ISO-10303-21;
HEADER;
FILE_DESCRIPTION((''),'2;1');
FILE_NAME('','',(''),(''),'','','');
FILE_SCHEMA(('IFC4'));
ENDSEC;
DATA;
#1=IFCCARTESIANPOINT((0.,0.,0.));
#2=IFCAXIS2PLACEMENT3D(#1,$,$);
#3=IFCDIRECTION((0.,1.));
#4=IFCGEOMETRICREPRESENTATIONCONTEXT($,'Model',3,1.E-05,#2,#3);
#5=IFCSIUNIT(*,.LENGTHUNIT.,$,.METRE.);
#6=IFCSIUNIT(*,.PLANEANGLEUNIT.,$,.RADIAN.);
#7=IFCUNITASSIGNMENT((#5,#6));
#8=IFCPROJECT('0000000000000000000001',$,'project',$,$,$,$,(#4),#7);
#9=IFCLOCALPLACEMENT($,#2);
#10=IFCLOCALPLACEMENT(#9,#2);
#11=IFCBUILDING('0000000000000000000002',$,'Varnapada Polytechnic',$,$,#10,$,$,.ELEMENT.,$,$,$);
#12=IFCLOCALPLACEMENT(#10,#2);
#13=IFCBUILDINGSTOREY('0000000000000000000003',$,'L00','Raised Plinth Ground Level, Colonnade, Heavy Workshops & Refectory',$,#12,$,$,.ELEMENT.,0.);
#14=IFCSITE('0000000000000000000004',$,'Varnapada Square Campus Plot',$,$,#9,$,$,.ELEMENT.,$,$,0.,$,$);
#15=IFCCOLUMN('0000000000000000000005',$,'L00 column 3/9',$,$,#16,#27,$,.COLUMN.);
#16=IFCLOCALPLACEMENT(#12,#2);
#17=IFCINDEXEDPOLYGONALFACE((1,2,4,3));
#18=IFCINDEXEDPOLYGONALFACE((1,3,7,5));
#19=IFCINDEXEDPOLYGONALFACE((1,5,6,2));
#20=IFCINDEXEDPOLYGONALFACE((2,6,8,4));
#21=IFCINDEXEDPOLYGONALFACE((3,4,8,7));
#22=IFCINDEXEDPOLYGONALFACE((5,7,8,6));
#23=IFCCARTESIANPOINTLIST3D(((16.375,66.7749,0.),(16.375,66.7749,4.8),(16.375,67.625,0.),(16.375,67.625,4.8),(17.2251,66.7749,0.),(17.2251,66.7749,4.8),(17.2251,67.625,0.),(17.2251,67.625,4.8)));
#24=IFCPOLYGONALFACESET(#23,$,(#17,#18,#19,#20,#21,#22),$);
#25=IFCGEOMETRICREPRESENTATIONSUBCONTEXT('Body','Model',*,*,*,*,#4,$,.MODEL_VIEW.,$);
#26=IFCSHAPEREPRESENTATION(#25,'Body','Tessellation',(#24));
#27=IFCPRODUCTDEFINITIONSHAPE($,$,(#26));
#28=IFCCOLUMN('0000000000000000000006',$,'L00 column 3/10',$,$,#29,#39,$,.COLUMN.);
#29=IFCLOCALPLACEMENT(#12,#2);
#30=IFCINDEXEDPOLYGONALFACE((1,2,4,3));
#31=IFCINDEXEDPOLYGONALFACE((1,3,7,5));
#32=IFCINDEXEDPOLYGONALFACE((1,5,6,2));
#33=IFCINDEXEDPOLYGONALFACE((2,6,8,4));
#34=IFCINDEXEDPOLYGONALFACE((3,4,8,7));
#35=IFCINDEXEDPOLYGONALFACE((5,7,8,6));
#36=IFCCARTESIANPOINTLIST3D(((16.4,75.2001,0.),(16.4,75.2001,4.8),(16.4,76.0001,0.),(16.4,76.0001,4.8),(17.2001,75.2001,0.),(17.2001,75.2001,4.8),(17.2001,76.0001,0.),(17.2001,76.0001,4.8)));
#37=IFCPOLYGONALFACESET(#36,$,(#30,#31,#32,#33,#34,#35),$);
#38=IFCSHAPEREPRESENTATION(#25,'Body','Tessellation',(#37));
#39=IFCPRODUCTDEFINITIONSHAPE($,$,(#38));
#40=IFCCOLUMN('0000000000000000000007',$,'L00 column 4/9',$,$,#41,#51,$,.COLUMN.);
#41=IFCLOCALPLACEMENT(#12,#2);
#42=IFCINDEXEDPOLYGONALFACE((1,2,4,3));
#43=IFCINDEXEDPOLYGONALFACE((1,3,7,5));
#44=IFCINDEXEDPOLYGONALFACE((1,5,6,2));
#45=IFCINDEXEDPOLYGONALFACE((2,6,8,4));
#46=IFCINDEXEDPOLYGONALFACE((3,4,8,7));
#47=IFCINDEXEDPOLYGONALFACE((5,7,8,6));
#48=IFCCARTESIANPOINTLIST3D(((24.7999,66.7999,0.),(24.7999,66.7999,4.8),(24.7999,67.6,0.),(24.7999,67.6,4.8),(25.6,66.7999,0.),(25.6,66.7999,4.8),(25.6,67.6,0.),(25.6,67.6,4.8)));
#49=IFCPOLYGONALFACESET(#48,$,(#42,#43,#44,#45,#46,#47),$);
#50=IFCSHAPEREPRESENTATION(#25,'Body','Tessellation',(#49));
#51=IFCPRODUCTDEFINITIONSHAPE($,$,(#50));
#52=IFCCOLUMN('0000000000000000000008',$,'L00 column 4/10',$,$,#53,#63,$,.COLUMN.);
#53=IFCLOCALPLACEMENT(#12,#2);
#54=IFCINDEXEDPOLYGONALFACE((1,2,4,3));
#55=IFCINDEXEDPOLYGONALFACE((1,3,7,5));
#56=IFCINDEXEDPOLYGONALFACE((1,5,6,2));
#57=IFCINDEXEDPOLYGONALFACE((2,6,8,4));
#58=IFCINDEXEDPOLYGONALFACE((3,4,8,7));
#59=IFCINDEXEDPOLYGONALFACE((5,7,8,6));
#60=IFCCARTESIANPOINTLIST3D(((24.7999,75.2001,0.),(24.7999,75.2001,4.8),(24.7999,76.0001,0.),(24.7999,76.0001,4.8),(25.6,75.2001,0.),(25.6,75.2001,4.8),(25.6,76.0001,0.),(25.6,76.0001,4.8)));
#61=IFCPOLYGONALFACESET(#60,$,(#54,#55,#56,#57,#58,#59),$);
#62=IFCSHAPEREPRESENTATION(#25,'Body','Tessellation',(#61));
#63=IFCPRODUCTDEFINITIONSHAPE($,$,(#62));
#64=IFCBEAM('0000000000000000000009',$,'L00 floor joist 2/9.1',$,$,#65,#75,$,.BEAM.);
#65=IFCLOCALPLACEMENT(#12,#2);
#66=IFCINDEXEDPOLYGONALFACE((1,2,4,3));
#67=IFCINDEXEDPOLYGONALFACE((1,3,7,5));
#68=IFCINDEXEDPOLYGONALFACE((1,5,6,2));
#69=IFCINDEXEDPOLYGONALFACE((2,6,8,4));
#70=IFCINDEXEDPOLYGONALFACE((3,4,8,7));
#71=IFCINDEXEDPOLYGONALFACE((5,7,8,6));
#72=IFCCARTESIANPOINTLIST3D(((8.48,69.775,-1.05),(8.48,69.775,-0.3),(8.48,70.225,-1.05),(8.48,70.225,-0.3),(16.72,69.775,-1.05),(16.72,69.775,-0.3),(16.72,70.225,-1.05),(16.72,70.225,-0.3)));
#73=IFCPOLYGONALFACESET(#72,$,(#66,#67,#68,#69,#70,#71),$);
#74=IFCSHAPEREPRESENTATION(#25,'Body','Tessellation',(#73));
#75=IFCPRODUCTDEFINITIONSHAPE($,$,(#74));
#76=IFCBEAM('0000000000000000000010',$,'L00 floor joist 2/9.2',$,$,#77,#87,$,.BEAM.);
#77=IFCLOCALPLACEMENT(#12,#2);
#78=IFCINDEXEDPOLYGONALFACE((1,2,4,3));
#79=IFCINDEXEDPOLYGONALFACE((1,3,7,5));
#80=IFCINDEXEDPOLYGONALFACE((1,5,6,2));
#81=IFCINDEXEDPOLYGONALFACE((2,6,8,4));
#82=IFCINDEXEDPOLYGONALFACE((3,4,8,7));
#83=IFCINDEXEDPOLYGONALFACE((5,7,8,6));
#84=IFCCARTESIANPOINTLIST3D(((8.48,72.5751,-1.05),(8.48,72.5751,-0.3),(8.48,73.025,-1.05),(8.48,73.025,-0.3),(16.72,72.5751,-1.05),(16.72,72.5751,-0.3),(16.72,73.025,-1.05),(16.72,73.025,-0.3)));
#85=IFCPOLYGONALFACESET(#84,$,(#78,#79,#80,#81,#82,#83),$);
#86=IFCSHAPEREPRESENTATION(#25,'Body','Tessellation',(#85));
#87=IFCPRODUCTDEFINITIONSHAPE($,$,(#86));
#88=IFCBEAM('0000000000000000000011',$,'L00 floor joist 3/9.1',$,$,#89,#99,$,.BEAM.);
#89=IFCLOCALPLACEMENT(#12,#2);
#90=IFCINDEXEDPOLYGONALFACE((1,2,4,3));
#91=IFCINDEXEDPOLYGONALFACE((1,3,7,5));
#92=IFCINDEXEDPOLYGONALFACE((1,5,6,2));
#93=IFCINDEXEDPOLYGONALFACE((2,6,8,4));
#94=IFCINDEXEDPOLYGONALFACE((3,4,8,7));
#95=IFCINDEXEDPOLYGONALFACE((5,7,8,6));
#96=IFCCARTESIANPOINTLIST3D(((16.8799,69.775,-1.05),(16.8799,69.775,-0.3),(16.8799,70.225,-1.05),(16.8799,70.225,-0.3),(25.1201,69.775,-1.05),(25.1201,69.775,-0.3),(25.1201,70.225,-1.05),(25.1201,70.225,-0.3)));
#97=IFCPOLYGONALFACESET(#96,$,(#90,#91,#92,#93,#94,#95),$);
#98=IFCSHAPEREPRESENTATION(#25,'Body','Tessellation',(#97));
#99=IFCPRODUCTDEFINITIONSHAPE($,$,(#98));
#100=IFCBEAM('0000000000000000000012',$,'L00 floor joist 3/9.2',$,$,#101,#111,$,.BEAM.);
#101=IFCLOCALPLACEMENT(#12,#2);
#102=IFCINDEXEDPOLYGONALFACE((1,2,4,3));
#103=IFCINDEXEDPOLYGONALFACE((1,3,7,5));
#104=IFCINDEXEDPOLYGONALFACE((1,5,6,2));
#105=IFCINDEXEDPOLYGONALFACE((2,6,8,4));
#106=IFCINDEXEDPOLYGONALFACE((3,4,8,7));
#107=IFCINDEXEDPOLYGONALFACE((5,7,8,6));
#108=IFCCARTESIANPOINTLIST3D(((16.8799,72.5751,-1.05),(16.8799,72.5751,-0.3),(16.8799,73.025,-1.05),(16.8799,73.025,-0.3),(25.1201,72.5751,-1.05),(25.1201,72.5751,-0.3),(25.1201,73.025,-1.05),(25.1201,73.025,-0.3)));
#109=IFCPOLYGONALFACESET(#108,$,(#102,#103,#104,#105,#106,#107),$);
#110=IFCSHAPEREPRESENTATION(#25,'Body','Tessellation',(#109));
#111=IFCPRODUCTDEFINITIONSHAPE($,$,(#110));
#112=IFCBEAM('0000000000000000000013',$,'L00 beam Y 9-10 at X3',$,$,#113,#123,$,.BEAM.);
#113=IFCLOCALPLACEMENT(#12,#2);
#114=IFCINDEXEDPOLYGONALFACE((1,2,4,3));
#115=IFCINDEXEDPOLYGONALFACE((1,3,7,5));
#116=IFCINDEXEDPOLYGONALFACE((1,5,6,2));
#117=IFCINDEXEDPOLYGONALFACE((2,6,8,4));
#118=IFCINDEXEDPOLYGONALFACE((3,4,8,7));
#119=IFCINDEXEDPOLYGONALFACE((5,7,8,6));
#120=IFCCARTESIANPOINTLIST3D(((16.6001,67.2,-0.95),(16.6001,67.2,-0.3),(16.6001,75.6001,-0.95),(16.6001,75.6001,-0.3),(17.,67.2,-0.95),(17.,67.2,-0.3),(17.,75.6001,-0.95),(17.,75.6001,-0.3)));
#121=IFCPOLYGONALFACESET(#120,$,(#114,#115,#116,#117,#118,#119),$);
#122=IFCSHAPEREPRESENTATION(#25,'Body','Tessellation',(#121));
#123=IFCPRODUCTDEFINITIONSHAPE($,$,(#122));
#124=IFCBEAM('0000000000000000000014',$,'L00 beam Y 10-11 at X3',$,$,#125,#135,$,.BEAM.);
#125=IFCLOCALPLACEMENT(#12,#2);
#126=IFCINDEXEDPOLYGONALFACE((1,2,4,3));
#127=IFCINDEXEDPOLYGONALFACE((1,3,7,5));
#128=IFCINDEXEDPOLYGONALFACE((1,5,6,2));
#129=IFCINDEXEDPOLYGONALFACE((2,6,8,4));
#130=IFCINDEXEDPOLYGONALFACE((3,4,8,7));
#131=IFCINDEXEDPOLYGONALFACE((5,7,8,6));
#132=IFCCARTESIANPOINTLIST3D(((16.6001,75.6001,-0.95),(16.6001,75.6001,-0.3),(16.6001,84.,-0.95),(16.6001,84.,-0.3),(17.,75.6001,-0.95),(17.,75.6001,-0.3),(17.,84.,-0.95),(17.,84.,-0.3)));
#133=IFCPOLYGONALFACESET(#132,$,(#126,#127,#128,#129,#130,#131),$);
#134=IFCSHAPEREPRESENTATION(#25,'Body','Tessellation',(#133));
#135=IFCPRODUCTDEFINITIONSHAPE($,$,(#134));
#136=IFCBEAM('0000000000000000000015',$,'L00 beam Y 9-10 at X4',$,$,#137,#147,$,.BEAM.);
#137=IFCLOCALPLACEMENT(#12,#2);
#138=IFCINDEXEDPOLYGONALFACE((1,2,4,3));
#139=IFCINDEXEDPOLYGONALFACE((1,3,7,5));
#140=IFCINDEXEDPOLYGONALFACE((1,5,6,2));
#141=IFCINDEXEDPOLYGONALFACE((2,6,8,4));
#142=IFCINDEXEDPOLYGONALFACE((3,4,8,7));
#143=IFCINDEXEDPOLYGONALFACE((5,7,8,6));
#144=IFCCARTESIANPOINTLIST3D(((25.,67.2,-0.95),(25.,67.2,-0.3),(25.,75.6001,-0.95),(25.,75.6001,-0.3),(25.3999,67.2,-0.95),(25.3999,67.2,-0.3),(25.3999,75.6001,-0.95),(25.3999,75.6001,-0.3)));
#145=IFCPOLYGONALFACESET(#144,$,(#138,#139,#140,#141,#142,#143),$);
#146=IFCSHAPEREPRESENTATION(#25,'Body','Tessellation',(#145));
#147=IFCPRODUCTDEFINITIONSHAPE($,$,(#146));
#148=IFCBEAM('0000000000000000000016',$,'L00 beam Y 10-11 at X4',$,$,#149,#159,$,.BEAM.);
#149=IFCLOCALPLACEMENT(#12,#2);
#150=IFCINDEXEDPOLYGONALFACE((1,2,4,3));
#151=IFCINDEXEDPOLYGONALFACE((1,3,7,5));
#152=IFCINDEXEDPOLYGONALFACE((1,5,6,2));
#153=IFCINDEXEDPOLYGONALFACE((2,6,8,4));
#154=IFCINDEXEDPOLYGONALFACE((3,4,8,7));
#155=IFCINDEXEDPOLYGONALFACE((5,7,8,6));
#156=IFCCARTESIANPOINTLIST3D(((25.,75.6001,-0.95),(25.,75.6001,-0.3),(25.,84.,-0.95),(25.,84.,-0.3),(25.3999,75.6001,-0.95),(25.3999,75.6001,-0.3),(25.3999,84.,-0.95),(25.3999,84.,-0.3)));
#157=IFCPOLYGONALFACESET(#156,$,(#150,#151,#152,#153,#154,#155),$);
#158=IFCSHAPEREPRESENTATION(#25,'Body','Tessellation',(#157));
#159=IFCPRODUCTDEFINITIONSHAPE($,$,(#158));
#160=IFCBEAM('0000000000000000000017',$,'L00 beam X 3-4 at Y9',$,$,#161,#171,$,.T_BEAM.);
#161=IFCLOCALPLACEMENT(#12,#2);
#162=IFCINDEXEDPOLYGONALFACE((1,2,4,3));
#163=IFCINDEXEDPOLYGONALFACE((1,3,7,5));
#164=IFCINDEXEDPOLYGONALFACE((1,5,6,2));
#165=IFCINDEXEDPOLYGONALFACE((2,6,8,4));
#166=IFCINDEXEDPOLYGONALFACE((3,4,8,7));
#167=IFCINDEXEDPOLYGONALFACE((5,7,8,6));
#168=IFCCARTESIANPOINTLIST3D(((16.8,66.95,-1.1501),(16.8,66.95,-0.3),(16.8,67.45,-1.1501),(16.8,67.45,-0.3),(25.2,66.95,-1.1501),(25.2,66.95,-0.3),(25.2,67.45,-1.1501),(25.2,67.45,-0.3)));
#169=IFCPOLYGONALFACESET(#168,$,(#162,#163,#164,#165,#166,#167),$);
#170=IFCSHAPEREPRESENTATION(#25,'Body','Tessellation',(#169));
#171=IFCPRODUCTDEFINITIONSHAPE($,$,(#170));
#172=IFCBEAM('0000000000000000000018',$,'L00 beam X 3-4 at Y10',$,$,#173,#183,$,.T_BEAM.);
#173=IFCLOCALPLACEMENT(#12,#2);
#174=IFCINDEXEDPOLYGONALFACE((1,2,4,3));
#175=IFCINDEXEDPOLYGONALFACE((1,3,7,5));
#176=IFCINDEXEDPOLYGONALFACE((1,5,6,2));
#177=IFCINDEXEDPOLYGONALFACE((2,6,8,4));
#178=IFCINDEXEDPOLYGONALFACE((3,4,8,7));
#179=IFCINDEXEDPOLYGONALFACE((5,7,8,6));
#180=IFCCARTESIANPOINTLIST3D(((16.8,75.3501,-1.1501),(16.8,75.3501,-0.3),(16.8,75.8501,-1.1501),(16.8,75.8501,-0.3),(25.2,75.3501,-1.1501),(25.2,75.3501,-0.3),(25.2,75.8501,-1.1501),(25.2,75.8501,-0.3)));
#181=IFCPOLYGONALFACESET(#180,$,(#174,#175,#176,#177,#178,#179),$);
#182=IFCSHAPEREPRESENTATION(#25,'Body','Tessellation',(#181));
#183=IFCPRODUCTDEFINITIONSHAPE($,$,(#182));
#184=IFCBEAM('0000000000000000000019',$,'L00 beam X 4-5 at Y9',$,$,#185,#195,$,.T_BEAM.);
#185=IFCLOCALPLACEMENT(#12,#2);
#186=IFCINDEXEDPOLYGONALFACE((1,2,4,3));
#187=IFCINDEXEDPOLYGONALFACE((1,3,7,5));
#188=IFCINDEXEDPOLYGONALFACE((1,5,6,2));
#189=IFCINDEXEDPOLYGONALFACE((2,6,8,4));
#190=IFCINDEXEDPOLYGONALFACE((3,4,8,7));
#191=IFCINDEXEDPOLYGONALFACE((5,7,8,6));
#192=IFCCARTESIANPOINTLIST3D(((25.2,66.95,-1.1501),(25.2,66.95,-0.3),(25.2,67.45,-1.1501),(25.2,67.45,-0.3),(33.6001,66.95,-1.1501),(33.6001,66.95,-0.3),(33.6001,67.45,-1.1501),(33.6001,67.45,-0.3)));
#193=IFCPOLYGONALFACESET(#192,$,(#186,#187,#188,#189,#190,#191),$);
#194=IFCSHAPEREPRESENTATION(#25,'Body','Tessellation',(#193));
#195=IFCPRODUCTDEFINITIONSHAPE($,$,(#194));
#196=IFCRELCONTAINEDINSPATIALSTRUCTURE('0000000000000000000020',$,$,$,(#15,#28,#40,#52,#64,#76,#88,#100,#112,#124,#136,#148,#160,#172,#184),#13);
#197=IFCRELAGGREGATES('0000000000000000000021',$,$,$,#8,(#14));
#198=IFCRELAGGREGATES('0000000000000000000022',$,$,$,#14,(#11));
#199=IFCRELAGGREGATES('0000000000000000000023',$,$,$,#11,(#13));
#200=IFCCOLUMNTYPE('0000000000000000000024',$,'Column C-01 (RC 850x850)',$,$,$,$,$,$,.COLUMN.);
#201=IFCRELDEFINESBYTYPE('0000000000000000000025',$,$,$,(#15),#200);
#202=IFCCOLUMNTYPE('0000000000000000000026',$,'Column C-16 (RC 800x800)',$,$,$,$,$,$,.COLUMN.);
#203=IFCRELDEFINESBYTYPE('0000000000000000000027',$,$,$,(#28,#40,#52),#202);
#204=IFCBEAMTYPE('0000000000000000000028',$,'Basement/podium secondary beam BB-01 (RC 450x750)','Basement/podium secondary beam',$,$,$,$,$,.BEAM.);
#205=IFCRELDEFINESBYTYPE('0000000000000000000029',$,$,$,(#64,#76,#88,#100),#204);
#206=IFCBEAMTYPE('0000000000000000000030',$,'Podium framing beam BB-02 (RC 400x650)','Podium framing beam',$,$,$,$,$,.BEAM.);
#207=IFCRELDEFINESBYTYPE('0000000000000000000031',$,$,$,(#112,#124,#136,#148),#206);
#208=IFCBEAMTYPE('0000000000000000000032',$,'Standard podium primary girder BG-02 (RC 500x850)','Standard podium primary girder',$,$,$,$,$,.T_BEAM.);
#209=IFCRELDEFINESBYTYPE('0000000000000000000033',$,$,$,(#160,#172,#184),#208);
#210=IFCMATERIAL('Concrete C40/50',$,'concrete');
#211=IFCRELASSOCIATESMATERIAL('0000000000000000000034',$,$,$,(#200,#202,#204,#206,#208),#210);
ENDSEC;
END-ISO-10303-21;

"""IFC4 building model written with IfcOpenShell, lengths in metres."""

from ifc_helpers import new_model, si_unit, direction, frame, origin, origin_2d, place, context, subcontext, project, spatial, rectangle, extrude, material, material_profile, profile_set, type_object, element, save


model = new_model("IFC4")

# Units and contexts
model_context = context("Model", 3, precision=1e-05, world=origin(), true_north=direction((0.0, 1.0)))
body_context = subcontext(model_context, "Body", "Model", "MODEL_VIEW")
ifc_project = project(units=[si_unit("LENGTHUNIT", "METRE"), si_unit("PLANEANGLEUNIT", "RADIAN")], contexts=[model_context])

# Site, building, storey
site_placement = place(None, origin())
site = spatial("IfcSite", under=ifc_project, at=site_placement, Name="Varnapada Square Campus Plot", CompositionType="ELEMENT", RefElevation=0.0)
building_placement = place(site_placement, origin())
building = spatial("IfcBuilding", under=site, at=building_placement, Name="Varnapada Polytechnic", CompositionType="ELEMENT")
storey_placement = place(building_placement, origin())
storey = spatial("IfcBuildingStorey", under=building, at=storey_placement, Name="L00", Description="Raised Plinth Ground Level, Colonnade, Heavy Workshops & Refectory", CompositionType="ELEMENT", Elevation=0.0)

# Columns
ifc_material_1 = material(Name="Concrete C40/50", Category="concrete")
ifc_material_profile_1 = material_profile(ifc_material_1, rectangle(XDim=0.8501, YDim=0.8501, at=origin_2d()), Name="RC 850x850")
ifc_profile_set_1 = profile_set([ifc_material_profile_1], Name="Concrete C40/50")
column_type_1 = type_object("IfcColumnType", Name="Column C-01 (RC 850x850)", PredefinedType="COLUMN", material=ifc_profile_set_1)
column_placement = place(storey_placement, frame((16.8, 67.2, 0.0), z_axis=(0.0, 0.0, 1.0), x_axis=(1.0, 0.0, 0.0)))
element("IfcColumn", 1, at=column_placement, inside=storey, type_object=column_type_1, Name="L00 column 3/9", PredefinedType="COLUMN", context=body_context, shape_type="SweptSolid", body=[
    extrude(rectangle(XDim=0.8501, YDim=0.8501, at=origin_2d()), origin(), (0.0, 0.0, 1.0), 4.8),
])
ifc_material_profile_2 = material_profile(ifc_material_1, rectangle(XDim=0.8, YDim=0.8, at=origin_2d()), Name="RC 800x800")
ifc_profile_set_2 = profile_set([ifc_material_profile_2], Name="Concrete C40/50")
column_type_2 = type_object("IfcColumnType", Name="Column C-16 (RC 800x800)", PredefinedType="COLUMN", material=ifc_profile_set_2)
for number, where, z_axis, x_axis, name in (
    (2, (16.8, 75.6001, 0.0), (0.0, 0.0, 1.0), (1.0, 0.0, 0.0), "L00 column 3/10"),
    (3, (25.2, 67.2, 0.0), (0.0, 0.0, 1.0), (1.0, 0.0, 0.0), "L00 column 4/9"),
    (4, (25.2, 75.6001, 0.0), (0.0, 0.0, 1.0), (1.0, 0.0, 0.0), "L00 column 4/10"),
):
    element("IfcColumn", number, at=place(storey_placement, frame(where, z_axis=z_axis, x_axis=x_axis)), inside=storey, type_object=column_type_2, Name=name, PredefinedType="COLUMN", context=body_context, shape_type="SweptSolid", body=[
        extrude(rectangle(XDim=0.8, YDim=0.8, at=origin_2d()), origin(), (0.0, 0.0, 1.0), 4.8),
    ])

# Beams
ifc_material_profile_3 = material_profile(ifc_material_1, rectangle(XDim=0.45, YDim=0.75, at=origin_2d()), Name="RC 450x750")
ifc_profile_set_3 = profile_set([ifc_material_profile_3], Name="Concrete C40/50")
beam_type_1 = type_object("IfcBeamType", Name="Basement/podium secondary beam BB-01 (RC 450x750)", Description="Basement/podium secondary beam", PredefinedType="BEAM", material=ifc_profile_set_3)
for number, where, z_axis, x_axis, name in (
    (5, (8.48, 70.0, -0.675), (1.0, 0.0, 0.0), (0.0, 1.0, 0.0), "L00 floor joist 2/9.1"),
    (6, (8.48, 72.8, -0.675), (1.0, 0.0, 0.0), (0.0, 1.0, 0.0), "L00 floor joist 2/9.2"),
):
    element("IfcBeam", number, at=place(storey_placement, frame(where, z_axis=z_axis, x_axis=x_axis)), inside=storey, type_object=beam_type_1, Name=name, PredefinedType="BEAM", context=body_context, shape_type="SweptSolid", body=[
        extrude(rectangle(XDim=0.45, YDim=0.75, at=origin_2d()), origin(), (0.0, 0.0, 1.0), 8.24),
    ])
for number, where, z_axis, x_axis, name in (
    (7, (16.8799, 70.0, -0.675), (1.0, 0.0, 0.0), (0.0, 1.0, 0.0), "L00 floor joist 3/9.1"),
    (8, (16.8799, 72.8, -0.675), (1.0, 0.0, 0.0), (0.0, 1.0, 0.0), "L00 floor joist 3/9.2"),
):
    element("IfcBeam", number, at=place(storey_placement, frame(where, z_axis=z_axis, x_axis=x_axis)), inside=storey, type_object=beam_type_1, Name=name, PredefinedType="BEAM", context=body_context, shape_type="SweptSolid", body=[
        extrude(rectangle(XDim=0.45, YDim=0.75, at=origin_2d()), origin(), (0.0, 0.0, 1.0), 8.2402),
    ])
ifc_material_profile_4 = material_profile(ifc_material_1, rectangle(XDim=0.3999, YDim=0.6499, at=origin_2d()), Name="RC 400x650")
ifc_profile_set_4 = profile_set([ifc_material_profile_4], Name="Concrete C40/50")
beam_type_2 = type_object("IfcBeamType", Name="Podium framing beam BB-02 (RC 400x650)", Description="Podium framing beam", PredefinedType="BEAM", material=ifc_profile_set_4)
beam_1_placement = place(storey_placement, frame((16.8, 67.2, -0.625), z_axis=(0.0, 1.0, 0.0), x_axis=(-1.0, 0.0, 0.0)))
element("IfcBeam", 9, at=beam_1_placement, inside=storey, type_object=beam_type_2, Name="L00 beam Y 9-10 at X3", PredefinedType="BEAM", context=body_context, shape_type="SweptSolid", body=[
    extrude(rectangle(XDim=0.3999, YDim=0.6499, at=origin_2d()), origin(), (0.0, 0.0, 1.0), 8.4001),
])
beam_2_placement = place(storey_placement, frame((16.8, 75.6001, -0.625), z_axis=(0.0, 1.0, 0.0), x_axis=(-1.0, 0.0, 0.0)))
element("IfcBeam", 10, at=beam_2_placement, inside=storey, type_object=beam_type_2, Name="L00 beam Y 10-11 at X3", PredefinedType="BEAM", context=body_context, shape_type="SweptSolid", body=[
    extrude(rectangle(XDim=0.3999, YDim=0.6499, at=origin_2d()), origin(), (0.0, 0.0, 1.0), 8.3999),
])
beam_3_placement = place(storey_placement, frame((25.2, 67.2, -0.625), z_axis=(0.0, 1.0, 0.0), x_axis=(-1.0, 0.0, 0.0)))
element("IfcBeam", 11, at=beam_3_placement, inside=storey, type_object=beam_type_2, Name="L00 beam Y 9-10 at X4", PredefinedType="BEAM", context=body_context, shape_type="SweptSolid", body=[
    extrude(rectangle(XDim=0.3999, YDim=0.6499, at=origin_2d()), origin(), (0.0, 0.0, 1.0), 8.4001),
])
beam_4_placement = place(storey_placement, frame((25.2, 75.6001, -0.625), z_axis=(0.0, 1.0, 0.0), x_axis=(-1.0, 0.0, 0.0)))
element("IfcBeam", 12, at=beam_4_placement, inside=storey, type_object=beam_type_2, Name="L00 beam Y 10-11 at X4", PredefinedType="BEAM", context=body_context, shape_type="SweptSolid", body=[
    extrude(rectangle(XDim=0.3999, YDim=0.6499, at=origin_2d()), origin(), (0.0, 0.0, 1.0), 8.3999),
])
ifc_material_profile_5 = material_profile(ifc_material_1, rectangle(XDim=0.5, YDim=0.8501, at=origin_2d()), Name="RC 500x850")
ifc_profile_set_5 = profile_set([ifc_material_profile_5], Name="Concrete C40/50")
beam_type_3 = type_object("IfcBeamType", Name="Standard podium primary girder BG-02 (RC 500x850)", Description="Standard podium primary girder", PredefinedType="T_BEAM", material=ifc_profile_set_5)
for number, where, z_axis, x_axis, name in (
    (13, (16.8, 67.2, -0.7251), (1.0, 0.0, 0.0), (0.0, 1.0, 0.0), "L00 beam X 3-4 at Y9"),
    (14, (16.8, 75.6001, -0.7251), (1.0, 0.0, 0.0), (0.0, 1.0, 0.0), "L00 beam X 3-4 at Y10"),
):
    element("IfcBeam", number, at=place(storey_placement, frame(where, z_axis=z_axis, x_axis=x_axis)), inside=storey, type_object=beam_type_3, Name=name, PredefinedType="T_BEAM", context=body_context, shape_type="SweptSolid", body=[
        extrude(rectangle(XDim=0.5, YDim=0.8501, at=origin_2d()), origin(), (0.0, 0.0, 1.0), 8.3999),
    ])
for number, where, z_axis, x_axis, name in (
    (15, (25.2, 67.2, -0.7251), (1.0, 0.0, 0.0), (0.0, 1.0, 0.0), "L00 beam X 4-5 at Y9"),
):
    element("IfcBeam", number, at=place(storey_placement, frame(where, z_axis=z_axis, x_axis=x_axis)), inside=storey, type_object=beam_type_3, Name=name, PredefinedType="T_BEAM", context=body_context, shape_type="SweptSolid", body=[
        extrude(rectangle(XDim=0.5, YDim=0.8501, at=origin_2d()), origin(), (0.0, 0.0, 1.0), 8.4001),
    ])

save(model, "model.ifc")
